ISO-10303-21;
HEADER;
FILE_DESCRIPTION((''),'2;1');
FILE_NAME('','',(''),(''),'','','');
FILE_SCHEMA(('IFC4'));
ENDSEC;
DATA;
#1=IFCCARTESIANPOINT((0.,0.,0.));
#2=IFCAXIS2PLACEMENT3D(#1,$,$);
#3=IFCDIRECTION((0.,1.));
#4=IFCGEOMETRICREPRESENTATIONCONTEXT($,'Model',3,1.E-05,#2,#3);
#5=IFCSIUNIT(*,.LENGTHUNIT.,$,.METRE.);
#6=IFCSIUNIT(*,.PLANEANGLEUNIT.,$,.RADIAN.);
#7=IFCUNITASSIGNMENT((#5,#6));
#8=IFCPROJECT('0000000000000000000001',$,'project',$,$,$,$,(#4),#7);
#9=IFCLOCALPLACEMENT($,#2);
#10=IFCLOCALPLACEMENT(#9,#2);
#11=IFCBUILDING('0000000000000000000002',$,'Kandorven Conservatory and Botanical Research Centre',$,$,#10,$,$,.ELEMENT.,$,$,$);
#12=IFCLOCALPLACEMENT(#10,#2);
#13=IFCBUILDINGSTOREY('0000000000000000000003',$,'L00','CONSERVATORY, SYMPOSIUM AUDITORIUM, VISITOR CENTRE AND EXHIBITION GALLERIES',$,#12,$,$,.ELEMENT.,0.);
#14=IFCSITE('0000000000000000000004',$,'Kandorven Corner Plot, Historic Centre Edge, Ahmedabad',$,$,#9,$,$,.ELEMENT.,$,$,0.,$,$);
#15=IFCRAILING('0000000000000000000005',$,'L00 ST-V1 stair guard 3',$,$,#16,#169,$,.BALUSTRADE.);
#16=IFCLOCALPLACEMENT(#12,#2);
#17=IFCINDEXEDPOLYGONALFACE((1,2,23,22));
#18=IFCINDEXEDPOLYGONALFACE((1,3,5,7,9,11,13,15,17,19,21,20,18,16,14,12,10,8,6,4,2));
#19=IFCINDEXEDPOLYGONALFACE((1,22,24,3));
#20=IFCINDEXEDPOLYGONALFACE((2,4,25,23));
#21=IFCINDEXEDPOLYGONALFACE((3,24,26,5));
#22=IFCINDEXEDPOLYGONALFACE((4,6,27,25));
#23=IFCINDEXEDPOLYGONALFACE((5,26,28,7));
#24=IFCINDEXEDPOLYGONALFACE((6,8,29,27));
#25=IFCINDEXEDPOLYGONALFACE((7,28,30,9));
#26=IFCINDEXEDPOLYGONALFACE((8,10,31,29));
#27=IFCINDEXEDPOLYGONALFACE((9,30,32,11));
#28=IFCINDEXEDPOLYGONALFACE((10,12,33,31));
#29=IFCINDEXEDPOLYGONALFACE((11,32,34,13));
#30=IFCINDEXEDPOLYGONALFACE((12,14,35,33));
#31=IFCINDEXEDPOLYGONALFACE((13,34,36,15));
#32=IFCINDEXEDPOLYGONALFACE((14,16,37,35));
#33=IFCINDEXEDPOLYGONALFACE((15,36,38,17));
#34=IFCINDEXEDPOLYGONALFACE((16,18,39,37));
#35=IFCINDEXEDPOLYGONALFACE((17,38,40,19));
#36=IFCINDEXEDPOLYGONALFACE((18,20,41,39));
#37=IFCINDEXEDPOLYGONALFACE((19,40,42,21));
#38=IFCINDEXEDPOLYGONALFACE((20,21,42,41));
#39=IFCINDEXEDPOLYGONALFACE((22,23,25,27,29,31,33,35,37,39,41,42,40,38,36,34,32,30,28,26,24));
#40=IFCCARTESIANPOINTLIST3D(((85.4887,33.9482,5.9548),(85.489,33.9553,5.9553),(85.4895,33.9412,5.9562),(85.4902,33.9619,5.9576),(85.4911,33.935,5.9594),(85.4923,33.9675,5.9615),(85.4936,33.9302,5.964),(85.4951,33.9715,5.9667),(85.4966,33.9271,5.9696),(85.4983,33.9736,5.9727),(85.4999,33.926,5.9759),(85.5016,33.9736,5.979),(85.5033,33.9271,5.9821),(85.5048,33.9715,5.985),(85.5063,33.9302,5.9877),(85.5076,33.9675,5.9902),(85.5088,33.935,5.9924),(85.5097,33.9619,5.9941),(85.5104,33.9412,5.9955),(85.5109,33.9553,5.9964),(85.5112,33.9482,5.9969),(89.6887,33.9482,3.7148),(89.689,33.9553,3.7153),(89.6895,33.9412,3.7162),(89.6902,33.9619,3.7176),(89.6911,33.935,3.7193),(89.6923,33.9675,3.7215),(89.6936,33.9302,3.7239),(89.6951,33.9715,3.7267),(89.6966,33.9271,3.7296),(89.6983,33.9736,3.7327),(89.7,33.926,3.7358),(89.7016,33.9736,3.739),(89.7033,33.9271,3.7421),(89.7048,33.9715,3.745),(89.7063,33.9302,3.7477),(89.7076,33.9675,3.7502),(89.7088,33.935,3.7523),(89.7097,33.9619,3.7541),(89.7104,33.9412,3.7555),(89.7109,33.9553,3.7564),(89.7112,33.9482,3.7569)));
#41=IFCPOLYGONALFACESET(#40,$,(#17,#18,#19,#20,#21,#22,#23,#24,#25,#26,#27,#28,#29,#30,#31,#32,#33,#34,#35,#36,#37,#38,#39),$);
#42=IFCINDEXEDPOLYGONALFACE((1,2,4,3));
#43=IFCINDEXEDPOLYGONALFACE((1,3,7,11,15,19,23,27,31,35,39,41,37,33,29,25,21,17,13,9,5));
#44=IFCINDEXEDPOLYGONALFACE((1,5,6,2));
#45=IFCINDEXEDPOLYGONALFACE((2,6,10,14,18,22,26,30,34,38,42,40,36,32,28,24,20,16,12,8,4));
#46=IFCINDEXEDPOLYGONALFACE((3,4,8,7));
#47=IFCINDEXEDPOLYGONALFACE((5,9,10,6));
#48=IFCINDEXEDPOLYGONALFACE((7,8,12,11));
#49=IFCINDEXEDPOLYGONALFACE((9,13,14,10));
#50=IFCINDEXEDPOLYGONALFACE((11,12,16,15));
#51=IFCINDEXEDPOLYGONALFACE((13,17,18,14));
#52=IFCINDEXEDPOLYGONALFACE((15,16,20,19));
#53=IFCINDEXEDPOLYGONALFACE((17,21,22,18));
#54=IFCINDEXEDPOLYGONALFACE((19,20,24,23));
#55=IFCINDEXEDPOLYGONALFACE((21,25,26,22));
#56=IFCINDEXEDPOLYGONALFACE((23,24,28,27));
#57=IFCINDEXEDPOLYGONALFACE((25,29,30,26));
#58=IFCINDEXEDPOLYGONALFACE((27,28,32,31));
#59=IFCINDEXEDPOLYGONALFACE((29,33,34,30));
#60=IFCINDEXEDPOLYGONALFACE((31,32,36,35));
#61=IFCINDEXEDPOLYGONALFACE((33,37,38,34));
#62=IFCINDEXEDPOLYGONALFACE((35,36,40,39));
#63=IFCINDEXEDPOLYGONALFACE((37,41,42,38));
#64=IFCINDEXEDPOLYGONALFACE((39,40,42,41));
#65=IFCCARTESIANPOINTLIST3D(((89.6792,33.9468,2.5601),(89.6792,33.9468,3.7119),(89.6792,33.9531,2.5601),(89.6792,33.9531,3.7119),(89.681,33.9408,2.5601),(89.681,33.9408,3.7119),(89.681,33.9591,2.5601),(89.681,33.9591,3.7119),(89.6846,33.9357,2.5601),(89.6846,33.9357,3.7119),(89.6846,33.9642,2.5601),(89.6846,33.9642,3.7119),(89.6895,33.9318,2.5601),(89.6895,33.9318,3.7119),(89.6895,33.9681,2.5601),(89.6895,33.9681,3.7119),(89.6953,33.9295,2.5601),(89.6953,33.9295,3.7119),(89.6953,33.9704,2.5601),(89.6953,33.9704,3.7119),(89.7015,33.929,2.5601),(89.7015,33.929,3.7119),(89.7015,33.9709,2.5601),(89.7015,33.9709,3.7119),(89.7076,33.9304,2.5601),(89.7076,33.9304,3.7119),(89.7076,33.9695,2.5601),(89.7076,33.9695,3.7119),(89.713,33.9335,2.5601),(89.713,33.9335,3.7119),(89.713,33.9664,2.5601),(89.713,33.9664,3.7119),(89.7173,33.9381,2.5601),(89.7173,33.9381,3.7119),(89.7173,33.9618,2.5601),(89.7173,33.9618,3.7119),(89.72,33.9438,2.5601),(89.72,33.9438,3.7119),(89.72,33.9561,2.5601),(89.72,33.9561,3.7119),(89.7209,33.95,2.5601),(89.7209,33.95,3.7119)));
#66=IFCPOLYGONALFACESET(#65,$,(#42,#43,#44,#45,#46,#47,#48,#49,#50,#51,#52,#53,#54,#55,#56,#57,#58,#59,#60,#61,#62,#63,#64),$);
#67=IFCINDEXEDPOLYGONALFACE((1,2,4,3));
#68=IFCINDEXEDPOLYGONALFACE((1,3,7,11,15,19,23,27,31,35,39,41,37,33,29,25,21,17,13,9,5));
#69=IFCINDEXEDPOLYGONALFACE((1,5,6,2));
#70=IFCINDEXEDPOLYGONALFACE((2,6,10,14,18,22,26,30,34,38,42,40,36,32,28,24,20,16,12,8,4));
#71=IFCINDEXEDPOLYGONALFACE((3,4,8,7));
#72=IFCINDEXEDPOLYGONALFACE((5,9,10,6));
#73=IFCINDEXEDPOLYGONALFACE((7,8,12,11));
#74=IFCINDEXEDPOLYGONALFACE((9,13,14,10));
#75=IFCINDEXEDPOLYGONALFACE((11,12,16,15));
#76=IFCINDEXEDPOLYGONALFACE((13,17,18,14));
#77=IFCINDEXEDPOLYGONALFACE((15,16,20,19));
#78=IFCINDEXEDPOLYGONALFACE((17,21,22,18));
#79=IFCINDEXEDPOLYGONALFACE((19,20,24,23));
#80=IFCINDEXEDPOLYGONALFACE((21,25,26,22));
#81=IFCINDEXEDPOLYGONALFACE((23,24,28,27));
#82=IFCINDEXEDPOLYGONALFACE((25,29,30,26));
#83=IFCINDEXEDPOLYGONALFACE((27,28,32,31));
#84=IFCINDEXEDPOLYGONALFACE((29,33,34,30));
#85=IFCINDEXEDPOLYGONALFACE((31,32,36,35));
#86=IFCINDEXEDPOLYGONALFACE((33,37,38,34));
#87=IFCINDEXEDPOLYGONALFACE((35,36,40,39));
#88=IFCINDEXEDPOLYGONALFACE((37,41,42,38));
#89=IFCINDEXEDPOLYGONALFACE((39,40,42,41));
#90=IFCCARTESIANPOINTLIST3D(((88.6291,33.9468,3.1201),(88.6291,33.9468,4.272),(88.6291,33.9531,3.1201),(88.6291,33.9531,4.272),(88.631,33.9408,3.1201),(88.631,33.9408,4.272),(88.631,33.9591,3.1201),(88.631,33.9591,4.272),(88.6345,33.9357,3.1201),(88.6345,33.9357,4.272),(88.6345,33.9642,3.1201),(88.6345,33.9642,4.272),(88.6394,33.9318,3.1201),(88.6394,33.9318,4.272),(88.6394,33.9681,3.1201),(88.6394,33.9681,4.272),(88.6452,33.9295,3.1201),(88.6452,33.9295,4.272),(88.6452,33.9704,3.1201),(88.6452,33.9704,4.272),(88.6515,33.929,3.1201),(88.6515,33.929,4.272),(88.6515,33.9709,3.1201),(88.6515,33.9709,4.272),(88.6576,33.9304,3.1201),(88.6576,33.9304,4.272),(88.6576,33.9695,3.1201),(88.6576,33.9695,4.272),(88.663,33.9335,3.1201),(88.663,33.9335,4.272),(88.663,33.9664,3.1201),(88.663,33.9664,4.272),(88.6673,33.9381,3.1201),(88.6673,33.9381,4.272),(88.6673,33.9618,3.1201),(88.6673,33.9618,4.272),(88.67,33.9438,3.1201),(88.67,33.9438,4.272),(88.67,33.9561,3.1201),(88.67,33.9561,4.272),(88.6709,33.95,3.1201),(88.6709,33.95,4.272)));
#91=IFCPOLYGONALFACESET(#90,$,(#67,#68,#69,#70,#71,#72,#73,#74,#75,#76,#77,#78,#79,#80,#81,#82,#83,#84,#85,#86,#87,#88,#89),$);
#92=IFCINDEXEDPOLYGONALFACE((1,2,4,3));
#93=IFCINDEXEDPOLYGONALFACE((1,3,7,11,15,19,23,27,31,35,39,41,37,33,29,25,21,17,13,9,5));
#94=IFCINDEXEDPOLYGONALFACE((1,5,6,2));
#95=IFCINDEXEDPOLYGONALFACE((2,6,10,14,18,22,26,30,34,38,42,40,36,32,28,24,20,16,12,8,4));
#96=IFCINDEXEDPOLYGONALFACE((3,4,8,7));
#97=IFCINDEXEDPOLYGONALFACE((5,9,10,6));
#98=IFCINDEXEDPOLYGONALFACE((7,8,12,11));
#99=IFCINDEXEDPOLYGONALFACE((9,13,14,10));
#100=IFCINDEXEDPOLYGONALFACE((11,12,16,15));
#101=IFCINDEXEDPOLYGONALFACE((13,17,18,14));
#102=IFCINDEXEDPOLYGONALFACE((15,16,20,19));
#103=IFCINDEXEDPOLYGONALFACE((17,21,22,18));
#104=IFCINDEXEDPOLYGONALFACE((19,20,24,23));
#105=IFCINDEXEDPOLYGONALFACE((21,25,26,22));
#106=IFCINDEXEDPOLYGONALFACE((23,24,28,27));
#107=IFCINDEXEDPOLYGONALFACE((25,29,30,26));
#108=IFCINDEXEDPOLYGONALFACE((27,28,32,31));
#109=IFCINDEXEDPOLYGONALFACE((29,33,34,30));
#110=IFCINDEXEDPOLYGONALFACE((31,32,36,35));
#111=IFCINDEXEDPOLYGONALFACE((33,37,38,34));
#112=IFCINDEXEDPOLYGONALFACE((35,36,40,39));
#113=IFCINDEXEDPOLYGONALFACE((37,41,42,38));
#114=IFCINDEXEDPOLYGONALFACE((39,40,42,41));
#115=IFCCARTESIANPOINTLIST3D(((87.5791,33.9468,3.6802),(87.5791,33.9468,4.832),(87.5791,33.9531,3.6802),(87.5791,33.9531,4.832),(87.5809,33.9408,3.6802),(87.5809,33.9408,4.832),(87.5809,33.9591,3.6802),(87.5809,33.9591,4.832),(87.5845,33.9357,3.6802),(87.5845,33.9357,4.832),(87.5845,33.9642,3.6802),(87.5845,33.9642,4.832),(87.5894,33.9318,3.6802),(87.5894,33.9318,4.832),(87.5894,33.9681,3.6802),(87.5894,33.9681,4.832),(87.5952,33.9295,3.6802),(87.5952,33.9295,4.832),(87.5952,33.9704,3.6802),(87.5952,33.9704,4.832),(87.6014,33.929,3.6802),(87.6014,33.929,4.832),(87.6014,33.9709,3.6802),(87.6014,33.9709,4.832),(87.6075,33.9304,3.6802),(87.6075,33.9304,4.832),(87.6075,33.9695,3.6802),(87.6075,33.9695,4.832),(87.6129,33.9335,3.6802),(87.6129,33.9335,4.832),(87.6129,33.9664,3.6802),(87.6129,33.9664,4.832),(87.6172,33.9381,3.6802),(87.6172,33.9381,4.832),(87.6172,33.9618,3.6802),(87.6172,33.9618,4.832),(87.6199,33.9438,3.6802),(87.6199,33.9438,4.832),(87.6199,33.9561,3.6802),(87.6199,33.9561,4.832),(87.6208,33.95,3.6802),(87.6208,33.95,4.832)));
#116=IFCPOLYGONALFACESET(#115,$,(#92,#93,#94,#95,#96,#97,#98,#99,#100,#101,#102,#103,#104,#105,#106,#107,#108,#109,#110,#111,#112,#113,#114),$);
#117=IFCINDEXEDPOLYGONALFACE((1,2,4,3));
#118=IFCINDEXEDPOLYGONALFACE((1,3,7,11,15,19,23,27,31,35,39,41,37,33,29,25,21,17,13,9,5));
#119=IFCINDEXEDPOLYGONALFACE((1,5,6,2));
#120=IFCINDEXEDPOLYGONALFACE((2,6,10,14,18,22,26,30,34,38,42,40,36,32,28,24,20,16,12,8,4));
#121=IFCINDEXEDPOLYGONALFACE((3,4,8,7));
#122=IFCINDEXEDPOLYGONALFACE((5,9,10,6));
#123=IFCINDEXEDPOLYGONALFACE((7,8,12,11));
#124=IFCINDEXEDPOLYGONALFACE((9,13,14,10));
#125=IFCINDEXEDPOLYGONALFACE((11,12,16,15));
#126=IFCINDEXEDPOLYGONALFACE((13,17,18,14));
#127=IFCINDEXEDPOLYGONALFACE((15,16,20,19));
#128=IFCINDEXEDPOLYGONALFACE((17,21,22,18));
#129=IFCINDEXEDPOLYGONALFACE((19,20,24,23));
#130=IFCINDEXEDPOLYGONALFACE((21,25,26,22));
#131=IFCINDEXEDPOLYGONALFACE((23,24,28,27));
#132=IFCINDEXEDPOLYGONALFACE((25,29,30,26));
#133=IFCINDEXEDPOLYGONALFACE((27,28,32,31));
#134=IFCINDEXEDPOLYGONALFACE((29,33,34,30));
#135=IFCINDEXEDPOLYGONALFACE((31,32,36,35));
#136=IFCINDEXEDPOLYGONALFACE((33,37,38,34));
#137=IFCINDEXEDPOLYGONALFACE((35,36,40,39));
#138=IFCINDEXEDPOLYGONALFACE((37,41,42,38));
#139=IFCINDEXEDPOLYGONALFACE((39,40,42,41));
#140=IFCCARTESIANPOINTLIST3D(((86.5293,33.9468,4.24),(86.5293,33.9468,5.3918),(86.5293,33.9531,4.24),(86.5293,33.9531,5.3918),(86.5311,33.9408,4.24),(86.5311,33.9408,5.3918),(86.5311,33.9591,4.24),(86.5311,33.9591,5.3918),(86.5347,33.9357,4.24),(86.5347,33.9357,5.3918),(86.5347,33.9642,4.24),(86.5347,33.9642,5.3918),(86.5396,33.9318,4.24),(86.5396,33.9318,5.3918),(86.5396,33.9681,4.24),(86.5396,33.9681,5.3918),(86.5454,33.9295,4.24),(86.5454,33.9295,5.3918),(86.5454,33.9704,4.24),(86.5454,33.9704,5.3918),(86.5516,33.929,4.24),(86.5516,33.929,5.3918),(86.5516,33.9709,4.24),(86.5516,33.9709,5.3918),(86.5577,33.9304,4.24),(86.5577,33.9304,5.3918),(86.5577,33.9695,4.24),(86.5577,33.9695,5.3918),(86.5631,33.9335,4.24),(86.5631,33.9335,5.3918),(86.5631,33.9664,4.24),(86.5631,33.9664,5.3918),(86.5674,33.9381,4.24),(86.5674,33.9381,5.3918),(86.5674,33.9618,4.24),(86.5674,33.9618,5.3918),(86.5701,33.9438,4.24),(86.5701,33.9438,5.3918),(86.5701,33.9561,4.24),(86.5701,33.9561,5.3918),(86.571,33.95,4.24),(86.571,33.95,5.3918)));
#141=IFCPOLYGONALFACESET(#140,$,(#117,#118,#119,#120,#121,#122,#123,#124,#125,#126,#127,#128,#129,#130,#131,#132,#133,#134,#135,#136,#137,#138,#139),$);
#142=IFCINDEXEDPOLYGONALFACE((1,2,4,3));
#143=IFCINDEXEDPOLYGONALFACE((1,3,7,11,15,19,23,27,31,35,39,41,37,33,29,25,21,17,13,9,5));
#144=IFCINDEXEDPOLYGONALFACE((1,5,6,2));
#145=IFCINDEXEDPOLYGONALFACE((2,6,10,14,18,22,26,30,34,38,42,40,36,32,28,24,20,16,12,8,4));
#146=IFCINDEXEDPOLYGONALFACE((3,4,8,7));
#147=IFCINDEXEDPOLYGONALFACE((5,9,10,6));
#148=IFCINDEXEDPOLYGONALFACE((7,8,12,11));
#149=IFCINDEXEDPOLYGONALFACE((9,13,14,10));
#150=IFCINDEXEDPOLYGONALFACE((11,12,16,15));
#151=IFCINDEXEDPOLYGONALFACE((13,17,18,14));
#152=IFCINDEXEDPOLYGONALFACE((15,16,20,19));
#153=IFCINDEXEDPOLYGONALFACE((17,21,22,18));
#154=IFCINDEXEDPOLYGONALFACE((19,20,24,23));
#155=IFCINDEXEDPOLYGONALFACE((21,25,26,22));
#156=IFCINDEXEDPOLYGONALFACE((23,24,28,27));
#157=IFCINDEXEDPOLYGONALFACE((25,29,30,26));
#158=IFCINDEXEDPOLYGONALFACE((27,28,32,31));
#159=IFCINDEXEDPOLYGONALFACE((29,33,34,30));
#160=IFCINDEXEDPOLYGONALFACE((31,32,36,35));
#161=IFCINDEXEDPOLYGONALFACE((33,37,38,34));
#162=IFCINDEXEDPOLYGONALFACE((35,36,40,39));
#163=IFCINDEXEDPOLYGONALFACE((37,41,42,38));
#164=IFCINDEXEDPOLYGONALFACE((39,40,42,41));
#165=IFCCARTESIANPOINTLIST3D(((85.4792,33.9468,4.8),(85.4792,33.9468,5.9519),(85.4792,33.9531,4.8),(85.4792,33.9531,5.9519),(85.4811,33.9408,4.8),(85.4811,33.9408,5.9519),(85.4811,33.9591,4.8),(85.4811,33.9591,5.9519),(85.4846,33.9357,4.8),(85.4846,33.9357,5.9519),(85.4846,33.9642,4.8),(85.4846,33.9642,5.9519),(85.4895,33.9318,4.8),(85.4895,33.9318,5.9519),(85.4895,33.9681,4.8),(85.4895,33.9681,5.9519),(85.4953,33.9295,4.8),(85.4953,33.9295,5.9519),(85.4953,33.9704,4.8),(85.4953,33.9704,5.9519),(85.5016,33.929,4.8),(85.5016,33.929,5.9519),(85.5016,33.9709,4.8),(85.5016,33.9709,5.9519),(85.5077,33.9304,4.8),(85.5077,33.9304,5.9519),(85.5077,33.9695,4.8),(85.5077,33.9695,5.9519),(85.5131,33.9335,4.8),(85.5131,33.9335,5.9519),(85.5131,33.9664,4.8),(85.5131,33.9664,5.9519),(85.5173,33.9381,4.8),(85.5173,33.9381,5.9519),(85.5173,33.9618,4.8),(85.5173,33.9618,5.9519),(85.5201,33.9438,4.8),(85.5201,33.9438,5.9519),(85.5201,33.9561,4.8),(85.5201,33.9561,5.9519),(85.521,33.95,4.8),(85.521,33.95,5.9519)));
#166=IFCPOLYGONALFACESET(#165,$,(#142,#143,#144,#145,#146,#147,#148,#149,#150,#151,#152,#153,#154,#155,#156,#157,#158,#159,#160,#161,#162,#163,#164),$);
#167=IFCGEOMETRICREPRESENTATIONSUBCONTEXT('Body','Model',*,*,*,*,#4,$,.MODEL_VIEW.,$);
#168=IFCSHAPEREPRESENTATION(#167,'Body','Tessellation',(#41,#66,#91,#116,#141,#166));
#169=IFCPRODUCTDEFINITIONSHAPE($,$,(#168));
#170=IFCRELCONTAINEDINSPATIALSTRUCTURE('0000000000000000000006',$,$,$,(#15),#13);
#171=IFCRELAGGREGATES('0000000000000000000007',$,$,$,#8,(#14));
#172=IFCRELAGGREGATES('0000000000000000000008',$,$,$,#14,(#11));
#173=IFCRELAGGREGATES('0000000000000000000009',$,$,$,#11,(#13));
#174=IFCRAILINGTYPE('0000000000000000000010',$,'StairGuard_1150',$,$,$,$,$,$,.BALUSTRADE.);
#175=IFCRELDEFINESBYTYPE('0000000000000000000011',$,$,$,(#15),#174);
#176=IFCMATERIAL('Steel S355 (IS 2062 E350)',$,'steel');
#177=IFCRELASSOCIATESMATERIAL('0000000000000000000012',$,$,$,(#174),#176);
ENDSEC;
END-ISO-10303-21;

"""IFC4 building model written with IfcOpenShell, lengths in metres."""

from ifc_helpers import new_model, si_unit, direction, frame, origin, origin_2d, place, context, subcontext, project, spatial, circle, extrude, material, type_object, element, save


model = new_model("IFC4")

# Units and contexts
model_context = context("Model", 3, precision=1e-05, world=origin(), true_north=direction((0.0, 1.0)))
body_context = subcontext(model_context, "Body", "Model", "MODEL_VIEW")
ifc_project = project(units=[si_unit("LENGTHUNIT", "METRE"), si_unit("PLANEANGLEUNIT", "RADIAN")], contexts=[model_context])

# Site, building, storey
site_placement = place(None, origin())
site = spatial("IfcSite", under=ifc_project, at=site_placement, Name="Kandorven Corner Plot, Historic Centre Edge, Ahmedabad", CompositionType="ELEMENT", RefElevation=0.0)
building_placement = place(site_placement, origin())
building = spatial("IfcBuilding", under=site, at=building_placement, Name="Kandorven Conservatory and Botanical Research Centre", CompositionType="ELEMENT")
storey_placement = place(building_placement, origin())
storey = spatial("IfcBuildingStorey", under=building, at=storey_placement, Name="L00", Description="CONSERVATORY, SYMPOSIUM AUDITORIUM, VISITOR CENTRE AND EXHIBITION GALLERIES", CompositionType="ELEMENT", Elevation=0.0)

# Railing
ifc_material_1 = material(Name="Steel S355 (IS 2062 E350)", Category="steel")
railing_type_1 = type_object("IfcRailingType", Name="StairGuard_1150", PredefinedType="BALUSTRADE", material=ifc_material_1)
railing_1_placement = place(storey_placement, frame((89.7, 33.95, 2.5601)))
element("IfcRailing", 1, at=railing_1_placement, inside=storey, type_object=railing_type_1, Name="L00 ST-V1 stair guard 3", PredefinedType="BALUSTRADE", context=body_context, shape_type="SweptSolid", body=[
    extrude(circle(Radius=0.0239, at=origin_2d()), frame((0.0, 0.0, 1.1758), z_axis=(-0.882352, 0.0, 0.470591), x_axis=(0.0, -1.0, 0.0)), (0.0, 0.0, 1.0), 4.76),
    extrude(circle(Radius=0.021, at=origin_2d()), origin(), (0.0, 0.0, 1.0), 1.1519),
    extrude(circle(Radius=0.021, at=origin_2d()), frame((-1.05, 0.0, 0.5601)), (0.0, 0.0, 1.0), 1.1519),
    extrude(circle(Radius=0.021, at=origin_2d()), frame((-2.1001, 0.0, 1.1201)), (0.0, 0.0, 1.0), 1.1519),
    extrude(circle(Radius=0.021, at=origin_2d()), frame((-3.1499, 0.0, 1.6799)), (0.0, 0.0, 1.0), 1.1519),
    extrude(circle(Radius=0.021, at=origin_2d()), frame((-4.2, 0.0, 2.24)), (0.0, 0.0, 1.0), 1.1519),
])

save(model, "model.ifc")
